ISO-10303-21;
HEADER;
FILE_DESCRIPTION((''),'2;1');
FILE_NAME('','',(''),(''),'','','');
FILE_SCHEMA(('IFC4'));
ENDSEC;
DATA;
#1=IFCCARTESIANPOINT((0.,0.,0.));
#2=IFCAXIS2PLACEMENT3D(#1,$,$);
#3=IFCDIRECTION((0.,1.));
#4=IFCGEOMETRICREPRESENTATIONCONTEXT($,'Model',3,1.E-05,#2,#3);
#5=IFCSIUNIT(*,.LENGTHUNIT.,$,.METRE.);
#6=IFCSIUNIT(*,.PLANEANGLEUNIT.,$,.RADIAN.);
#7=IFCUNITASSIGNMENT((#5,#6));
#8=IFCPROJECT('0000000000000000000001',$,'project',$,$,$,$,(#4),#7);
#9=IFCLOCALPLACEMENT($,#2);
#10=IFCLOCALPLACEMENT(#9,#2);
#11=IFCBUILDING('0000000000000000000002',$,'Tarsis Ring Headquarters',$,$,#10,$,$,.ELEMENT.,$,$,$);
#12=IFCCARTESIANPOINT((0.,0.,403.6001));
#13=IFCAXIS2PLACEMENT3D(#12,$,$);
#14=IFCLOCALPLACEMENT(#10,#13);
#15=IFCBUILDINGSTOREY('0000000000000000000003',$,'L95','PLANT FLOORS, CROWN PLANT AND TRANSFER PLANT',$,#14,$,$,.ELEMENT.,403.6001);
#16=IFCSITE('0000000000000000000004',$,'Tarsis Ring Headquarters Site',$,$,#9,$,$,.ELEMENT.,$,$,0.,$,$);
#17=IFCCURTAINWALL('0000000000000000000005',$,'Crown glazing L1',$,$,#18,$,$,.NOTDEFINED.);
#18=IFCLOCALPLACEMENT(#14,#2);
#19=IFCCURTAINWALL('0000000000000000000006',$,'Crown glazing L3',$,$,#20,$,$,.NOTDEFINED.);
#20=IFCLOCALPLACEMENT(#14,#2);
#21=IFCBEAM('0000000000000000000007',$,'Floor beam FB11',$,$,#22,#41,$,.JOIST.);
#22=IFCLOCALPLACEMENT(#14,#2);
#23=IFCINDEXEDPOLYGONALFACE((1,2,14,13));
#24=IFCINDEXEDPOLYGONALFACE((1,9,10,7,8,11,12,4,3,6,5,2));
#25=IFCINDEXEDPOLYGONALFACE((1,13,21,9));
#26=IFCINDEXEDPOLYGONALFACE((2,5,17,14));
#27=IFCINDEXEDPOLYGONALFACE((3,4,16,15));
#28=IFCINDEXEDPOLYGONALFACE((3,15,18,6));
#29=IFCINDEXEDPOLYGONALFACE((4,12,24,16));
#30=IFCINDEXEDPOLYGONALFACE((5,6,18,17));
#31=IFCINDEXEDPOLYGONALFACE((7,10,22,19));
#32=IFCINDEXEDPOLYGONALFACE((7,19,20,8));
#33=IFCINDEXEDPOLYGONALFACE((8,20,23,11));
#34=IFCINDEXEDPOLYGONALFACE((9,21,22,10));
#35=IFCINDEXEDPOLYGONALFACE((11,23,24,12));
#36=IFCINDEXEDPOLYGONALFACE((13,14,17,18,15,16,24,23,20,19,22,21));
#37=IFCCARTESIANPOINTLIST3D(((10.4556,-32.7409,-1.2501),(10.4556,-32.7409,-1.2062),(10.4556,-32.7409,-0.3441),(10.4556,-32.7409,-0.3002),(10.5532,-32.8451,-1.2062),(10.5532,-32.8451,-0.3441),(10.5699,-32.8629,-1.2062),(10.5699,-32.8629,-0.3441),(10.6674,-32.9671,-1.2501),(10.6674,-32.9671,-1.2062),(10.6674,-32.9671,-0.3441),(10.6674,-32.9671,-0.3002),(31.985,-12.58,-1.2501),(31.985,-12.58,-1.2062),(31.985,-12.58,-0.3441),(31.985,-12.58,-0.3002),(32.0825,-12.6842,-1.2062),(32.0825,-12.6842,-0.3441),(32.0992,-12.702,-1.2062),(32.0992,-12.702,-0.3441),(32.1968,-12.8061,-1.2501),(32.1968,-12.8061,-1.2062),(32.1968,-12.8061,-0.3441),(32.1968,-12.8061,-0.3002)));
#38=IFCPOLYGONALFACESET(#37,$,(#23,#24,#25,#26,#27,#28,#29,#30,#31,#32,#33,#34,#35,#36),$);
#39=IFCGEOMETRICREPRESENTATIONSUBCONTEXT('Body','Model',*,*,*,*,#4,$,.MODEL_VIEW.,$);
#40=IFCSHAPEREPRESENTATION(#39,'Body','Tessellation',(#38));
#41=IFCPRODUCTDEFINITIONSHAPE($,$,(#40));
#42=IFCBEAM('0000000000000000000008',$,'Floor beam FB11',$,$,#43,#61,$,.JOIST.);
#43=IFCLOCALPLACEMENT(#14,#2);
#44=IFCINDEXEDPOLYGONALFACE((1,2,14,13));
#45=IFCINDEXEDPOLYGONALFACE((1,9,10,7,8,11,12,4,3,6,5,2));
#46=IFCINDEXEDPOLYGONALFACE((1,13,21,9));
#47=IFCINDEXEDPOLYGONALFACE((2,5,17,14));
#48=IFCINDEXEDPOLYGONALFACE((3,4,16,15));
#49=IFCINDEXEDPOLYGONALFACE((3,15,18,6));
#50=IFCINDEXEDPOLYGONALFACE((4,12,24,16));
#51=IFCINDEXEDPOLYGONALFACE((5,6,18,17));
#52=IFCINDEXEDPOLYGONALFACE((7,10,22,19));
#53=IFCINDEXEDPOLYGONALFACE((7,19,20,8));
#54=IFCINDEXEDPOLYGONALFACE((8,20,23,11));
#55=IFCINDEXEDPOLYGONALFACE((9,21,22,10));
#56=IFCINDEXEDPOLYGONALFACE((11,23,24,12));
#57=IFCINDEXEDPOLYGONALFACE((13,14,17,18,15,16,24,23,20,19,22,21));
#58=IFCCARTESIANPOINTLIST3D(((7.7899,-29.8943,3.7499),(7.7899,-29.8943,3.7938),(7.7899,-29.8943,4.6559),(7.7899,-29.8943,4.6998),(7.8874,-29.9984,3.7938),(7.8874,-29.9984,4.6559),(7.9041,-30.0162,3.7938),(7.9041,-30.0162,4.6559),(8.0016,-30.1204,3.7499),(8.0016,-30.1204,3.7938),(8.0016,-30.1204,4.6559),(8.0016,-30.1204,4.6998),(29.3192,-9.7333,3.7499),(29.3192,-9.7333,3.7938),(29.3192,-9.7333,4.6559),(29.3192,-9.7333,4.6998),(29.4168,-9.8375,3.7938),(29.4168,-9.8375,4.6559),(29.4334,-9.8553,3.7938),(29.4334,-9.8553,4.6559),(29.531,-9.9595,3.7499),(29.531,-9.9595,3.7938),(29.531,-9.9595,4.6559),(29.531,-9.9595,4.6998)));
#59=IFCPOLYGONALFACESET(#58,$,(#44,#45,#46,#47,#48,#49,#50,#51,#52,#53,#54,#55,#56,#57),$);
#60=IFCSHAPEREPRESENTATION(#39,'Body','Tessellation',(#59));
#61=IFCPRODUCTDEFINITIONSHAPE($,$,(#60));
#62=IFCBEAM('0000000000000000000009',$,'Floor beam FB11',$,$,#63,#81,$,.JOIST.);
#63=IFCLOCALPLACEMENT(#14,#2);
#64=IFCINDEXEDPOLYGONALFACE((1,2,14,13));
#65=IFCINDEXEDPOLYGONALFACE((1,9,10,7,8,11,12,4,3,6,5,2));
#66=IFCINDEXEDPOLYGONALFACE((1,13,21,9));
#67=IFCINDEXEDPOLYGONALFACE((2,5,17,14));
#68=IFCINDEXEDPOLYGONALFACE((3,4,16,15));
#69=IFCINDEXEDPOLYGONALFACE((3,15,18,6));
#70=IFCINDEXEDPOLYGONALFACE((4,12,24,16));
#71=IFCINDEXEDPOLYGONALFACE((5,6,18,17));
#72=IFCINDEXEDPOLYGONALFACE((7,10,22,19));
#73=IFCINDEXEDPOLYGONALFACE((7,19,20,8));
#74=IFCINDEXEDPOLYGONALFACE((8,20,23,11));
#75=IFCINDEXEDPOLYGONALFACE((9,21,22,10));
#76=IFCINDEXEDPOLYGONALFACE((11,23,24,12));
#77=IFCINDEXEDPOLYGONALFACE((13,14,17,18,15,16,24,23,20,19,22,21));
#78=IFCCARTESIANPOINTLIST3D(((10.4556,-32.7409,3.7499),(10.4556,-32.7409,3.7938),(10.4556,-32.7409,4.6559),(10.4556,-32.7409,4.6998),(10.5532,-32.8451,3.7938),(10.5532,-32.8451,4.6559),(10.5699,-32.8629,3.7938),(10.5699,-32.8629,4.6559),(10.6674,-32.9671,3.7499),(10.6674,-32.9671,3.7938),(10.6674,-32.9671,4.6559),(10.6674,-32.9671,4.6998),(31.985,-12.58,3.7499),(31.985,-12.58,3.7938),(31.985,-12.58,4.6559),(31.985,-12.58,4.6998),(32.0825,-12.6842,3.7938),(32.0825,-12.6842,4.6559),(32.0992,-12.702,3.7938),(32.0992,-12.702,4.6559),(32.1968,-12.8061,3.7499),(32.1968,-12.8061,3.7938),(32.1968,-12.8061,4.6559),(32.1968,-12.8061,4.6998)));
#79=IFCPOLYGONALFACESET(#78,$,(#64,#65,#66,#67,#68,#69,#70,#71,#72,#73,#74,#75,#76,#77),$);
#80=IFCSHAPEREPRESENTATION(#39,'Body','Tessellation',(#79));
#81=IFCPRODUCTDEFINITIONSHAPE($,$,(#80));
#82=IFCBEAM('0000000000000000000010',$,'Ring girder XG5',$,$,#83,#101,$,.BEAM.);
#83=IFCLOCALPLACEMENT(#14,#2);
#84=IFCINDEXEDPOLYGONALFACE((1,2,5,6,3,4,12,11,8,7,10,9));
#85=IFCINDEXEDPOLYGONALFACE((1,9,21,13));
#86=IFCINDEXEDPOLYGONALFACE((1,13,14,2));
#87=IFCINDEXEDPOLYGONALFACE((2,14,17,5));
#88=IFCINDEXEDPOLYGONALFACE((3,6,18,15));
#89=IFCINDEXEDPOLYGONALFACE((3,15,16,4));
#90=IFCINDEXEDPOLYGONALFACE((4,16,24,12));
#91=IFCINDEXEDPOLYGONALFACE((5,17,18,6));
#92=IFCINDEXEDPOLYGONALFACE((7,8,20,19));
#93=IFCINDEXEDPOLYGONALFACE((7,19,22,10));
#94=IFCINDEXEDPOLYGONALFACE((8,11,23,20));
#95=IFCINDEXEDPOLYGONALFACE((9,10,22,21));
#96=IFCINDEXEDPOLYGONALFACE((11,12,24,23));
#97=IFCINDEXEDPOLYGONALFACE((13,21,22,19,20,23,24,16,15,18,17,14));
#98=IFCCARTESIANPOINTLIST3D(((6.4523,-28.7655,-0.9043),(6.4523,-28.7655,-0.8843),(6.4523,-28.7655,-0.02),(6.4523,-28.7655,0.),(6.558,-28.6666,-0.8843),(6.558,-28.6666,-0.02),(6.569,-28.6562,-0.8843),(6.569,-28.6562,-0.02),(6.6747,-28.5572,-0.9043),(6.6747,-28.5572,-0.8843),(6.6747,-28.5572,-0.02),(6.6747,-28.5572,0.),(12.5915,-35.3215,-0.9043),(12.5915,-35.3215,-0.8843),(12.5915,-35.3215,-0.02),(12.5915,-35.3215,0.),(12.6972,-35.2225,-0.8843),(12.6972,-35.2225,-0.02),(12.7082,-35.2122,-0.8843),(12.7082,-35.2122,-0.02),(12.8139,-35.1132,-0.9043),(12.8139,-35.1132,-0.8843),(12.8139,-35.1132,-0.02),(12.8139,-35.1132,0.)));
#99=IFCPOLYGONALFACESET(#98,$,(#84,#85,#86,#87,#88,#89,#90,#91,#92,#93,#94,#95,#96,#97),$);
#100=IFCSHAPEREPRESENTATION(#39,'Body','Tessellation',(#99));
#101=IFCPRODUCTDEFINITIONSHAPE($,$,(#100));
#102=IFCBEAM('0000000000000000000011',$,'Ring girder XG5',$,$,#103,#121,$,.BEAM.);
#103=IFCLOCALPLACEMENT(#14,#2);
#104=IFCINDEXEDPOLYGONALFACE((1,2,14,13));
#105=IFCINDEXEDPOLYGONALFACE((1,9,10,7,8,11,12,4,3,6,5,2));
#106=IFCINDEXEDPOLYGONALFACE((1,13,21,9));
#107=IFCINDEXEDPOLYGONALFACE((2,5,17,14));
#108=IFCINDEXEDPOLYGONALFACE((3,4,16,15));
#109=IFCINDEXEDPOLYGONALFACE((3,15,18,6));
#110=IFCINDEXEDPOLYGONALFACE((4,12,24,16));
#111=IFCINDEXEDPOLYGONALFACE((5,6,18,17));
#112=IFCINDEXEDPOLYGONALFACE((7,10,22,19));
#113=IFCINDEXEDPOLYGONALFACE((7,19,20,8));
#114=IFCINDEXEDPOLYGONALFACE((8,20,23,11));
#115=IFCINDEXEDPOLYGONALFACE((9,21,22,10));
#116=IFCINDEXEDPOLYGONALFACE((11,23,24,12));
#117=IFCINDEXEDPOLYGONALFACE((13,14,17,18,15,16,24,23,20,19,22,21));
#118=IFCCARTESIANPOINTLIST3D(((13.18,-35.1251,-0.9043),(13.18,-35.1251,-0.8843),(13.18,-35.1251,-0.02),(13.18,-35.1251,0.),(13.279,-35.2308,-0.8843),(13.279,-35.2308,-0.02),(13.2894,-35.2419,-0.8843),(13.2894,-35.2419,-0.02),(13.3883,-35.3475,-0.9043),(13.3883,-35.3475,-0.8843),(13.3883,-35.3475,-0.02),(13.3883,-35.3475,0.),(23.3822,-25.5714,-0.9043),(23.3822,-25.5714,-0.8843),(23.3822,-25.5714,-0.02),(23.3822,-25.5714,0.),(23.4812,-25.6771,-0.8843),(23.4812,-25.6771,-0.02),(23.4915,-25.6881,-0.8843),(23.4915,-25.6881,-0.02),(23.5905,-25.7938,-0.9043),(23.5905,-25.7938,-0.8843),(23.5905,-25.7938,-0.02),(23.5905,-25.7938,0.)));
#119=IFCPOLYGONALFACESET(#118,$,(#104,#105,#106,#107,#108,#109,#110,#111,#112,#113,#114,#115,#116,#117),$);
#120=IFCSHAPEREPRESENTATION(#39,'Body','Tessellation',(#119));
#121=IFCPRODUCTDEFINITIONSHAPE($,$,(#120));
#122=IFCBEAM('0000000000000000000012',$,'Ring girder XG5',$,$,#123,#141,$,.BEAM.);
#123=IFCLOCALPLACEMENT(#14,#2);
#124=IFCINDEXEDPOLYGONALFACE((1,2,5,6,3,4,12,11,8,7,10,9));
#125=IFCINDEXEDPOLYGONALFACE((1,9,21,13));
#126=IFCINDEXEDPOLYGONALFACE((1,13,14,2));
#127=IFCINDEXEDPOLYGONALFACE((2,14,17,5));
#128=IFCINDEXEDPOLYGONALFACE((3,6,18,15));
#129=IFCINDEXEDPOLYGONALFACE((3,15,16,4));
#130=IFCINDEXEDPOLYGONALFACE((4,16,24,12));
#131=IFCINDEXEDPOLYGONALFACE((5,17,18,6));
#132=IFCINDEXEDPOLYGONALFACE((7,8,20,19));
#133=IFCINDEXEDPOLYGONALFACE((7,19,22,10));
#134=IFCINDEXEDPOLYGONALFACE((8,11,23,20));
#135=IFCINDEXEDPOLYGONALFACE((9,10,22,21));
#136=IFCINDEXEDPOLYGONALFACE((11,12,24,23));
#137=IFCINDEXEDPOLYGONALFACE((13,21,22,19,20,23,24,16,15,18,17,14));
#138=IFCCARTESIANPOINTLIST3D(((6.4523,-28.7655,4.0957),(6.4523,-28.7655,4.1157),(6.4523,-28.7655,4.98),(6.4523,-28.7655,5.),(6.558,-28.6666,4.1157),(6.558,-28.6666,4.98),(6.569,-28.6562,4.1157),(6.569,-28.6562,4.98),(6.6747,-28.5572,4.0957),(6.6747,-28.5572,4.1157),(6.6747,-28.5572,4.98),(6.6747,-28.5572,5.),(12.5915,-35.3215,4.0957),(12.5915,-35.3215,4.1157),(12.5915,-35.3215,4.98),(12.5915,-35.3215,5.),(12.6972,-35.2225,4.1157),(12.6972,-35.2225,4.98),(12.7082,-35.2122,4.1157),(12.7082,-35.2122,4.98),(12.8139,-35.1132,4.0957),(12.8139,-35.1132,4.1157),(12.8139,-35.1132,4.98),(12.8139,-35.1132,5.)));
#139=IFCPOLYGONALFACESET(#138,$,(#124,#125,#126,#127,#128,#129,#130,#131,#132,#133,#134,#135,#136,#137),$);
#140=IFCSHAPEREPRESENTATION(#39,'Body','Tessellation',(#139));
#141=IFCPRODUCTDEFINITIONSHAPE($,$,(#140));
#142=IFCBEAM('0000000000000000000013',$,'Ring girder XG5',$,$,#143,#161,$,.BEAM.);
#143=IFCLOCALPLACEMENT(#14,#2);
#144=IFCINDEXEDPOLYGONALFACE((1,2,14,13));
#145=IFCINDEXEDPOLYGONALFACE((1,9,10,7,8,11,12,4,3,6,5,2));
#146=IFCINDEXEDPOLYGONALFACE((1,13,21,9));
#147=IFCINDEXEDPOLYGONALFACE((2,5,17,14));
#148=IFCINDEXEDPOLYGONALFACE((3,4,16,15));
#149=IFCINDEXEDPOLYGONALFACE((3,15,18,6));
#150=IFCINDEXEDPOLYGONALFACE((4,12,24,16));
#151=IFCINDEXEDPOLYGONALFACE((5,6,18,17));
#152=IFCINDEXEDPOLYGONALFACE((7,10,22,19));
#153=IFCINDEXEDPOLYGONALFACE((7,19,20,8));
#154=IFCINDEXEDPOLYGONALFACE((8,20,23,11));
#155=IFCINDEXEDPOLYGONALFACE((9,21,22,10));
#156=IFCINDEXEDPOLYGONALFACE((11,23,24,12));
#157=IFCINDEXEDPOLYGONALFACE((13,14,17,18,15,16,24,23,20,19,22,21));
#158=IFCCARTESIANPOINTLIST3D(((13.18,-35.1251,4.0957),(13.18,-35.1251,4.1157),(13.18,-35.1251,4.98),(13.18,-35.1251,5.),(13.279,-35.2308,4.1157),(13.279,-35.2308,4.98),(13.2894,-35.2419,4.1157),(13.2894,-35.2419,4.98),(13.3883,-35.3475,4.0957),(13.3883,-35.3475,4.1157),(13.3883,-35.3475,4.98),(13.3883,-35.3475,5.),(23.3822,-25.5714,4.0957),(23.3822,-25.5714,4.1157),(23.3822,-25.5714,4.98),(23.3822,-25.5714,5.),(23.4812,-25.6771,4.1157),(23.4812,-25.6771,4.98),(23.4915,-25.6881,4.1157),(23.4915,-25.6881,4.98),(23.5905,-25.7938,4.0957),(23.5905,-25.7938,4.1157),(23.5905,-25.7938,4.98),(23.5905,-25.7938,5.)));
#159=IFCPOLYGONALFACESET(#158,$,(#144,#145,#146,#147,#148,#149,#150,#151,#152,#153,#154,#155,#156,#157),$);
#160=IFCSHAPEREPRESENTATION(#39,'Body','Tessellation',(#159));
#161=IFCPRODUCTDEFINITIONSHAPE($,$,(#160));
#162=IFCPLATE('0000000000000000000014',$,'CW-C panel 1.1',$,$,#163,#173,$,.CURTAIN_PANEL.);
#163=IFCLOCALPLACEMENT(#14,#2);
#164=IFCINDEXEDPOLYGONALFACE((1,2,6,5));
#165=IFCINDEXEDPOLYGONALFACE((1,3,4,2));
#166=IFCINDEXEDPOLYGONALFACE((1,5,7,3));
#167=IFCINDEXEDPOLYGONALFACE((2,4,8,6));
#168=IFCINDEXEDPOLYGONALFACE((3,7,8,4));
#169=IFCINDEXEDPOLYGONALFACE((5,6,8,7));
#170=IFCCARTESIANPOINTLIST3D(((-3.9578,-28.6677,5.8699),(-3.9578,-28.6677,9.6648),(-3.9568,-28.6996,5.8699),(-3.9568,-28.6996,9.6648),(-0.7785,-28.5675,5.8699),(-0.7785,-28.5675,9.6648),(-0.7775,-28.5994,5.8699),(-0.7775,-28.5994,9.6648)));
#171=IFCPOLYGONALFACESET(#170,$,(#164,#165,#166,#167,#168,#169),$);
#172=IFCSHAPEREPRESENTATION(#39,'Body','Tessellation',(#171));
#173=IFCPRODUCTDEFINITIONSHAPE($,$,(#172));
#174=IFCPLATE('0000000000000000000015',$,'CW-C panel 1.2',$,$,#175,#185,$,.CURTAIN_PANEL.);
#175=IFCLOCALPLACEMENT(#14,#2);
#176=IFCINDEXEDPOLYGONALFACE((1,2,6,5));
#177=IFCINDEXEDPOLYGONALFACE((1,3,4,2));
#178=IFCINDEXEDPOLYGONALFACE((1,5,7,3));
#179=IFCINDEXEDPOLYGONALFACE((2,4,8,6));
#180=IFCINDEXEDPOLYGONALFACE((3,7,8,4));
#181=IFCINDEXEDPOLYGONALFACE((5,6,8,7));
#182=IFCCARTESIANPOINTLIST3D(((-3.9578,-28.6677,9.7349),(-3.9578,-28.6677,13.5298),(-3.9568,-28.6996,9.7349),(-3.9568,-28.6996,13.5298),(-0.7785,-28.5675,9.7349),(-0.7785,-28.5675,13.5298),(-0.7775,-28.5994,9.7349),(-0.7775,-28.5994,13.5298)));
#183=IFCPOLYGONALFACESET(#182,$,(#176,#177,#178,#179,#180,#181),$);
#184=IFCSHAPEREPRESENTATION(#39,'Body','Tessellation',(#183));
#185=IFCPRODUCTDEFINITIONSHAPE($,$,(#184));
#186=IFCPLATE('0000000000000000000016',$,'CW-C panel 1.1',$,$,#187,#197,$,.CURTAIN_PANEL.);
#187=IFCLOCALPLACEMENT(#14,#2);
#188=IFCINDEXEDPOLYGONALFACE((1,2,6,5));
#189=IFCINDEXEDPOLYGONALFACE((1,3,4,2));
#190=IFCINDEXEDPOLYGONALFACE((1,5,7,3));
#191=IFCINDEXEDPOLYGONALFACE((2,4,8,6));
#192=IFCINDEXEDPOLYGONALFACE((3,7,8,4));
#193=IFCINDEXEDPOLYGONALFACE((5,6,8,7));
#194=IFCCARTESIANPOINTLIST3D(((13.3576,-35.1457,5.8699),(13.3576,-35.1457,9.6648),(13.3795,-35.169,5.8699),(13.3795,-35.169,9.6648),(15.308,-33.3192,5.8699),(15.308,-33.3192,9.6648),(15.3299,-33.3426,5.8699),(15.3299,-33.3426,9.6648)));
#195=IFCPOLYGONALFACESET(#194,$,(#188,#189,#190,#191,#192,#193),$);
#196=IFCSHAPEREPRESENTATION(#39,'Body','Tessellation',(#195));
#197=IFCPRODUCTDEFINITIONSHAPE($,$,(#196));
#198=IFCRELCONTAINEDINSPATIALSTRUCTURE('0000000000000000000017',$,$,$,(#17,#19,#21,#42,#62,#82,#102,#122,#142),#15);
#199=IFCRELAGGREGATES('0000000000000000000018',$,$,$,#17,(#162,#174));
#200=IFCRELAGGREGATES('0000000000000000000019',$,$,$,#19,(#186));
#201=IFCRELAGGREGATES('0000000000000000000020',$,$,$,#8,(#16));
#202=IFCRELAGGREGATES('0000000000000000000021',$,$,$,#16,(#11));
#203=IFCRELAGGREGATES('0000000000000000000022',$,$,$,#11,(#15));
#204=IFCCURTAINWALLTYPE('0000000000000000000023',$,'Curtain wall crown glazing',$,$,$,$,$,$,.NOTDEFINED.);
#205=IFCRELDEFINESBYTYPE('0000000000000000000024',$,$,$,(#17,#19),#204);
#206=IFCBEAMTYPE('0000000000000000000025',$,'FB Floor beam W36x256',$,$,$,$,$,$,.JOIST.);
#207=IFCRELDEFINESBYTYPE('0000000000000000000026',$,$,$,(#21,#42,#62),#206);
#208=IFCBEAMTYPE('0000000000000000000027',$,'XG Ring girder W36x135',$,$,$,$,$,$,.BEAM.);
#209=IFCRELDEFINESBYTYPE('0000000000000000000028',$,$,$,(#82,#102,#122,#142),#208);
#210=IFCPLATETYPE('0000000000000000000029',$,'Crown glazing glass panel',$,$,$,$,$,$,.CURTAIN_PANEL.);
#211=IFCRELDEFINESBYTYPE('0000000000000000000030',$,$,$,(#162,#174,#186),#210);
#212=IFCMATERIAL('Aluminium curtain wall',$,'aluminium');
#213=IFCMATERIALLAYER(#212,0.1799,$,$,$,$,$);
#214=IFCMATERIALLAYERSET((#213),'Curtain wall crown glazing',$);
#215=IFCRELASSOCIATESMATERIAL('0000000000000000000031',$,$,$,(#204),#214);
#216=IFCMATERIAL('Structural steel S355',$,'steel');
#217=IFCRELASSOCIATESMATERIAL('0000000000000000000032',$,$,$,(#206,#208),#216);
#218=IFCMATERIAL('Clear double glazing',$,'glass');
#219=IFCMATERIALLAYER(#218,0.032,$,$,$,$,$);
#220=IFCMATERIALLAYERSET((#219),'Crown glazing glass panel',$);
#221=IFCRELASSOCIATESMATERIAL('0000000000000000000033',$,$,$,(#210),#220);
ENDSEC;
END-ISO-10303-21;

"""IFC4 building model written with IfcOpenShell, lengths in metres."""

from ifc_helpers import new_model, si_unit, direction, frame, origin, origin_2d, place, context, subcontext, project, spatial, rectangle, i_section, extrude, material, layer, layer_set, material_profile, profile_set, type_object, element, aggregate, save


model = new_model("IFC4")

# Units and contexts
model_context = context("Model", 3, precision=1e-05, world=origin(), true_north=direction((0.0, 1.0)))
body_context = subcontext(model_context, "Body", "Model", "MODEL_VIEW")
ifc_project = project(units=[si_unit("LENGTHUNIT", "METRE"), si_unit("PLANEANGLEUNIT", "RADIAN")], contexts=[model_context])

# Site, building, storey
site_placement = place(None, origin())
site = spatial("IfcSite", under=ifc_project, at=site_placement, Name="Tarsis Ring Headquarters Site", CompositionType="ELEMENT", RefElevation=0.0)
building_placement = place(site_placement, origin())
building = spatial("IfcBuilding", under=site, at=building_placement, Name="Tarsis Ring Headquarters", CompositionType="ELEMENT")
storey_placement = place(building_placement, frame((0.0, 0.0, 403.6001)))
storey = spatial("IfcBuildingStorey", under=building, at=storey_placement, Name="L95", Description="PLANT FLOORS, CROWN PLANT AND TRANSFER PLANT", CompositionType="ELEMENT", Elevation=403.6001)

# Shared definitions
ifc_material_1 = material(Name="Structural steel S355", Category="steel")

# Curtain wall
ifc_material_2 = material(Name="Aluminium curtain wall", Category="aluminium")
ifc_layer_1 = layer(ifc_material_2, 0.1799)
ifc_layer_set_1 = layer_set([ifc_layer_1], Name="Curtain wall crown glazing")
curtain_wall_type = type_object("IfcCurtainWallType", Name="Curtain wall crown glazing", PredefinedType="NOTDEFINED", material=ifc_layer_set_1)
curtain_wall_1_placement = place(storey_placement, origin())
curtain_wall_1 = element("IfcCurtainWall", 1, at=curtain_wall_1_placement, inside=storey, type_object=curtain_wall_type, Name="Crown glazing L1", PredefinedType="NOTDEFINED")

# Curtain wall
curtain_wall_2_placement = place(storey_placement, origin())
curtain_wall_2 = element("IfcCurtainWall", 2, at=curtain_wall_2_placement, inside=storey, type_object=curtain_wall_type, Name="Crown glazing L3", PredefinedType="NOTDEFINED")

# Beams
ifc_material_profile_1 = material_profile(ifc_material_1, i_section(OverallWidth=0.3098, OverallDepth=0.95, WebThickness=0.0244, FlangeThickness=0.0439, at=origin_2d()), Name="W36x256")
ifc_profile_set_1 = profile_set([ifc_material_profile_1], Name="Structural steel S355")
beam_type_1 = type_object("IfcBeamType", Name="FB Floor beam W36x256", PredefinedType="JOIST", material=ifc_profile_set_1)
for number, where, z_axis, x_axis, name in (
    (3, (10.5615, -32.854, -0.7751), (0.729923, 0.683529, 0.0), (-0.683529, 0.729923, 0.0), "Floor beam FB11"),
    (4, (7.8958, -30.0073, 4.2249), (0.729923, 0.683529, 0.0), (-0.683529, 0.729923, 0.0), "Floor beam FB11"),
    (5, (10.5615, -32.854, 4.2249), (0.729923, 0.683529, 0.0), (-0.683529, 0.729923, 0.0), "Floor beam FB11"),
):
    element("IfcBeam", number, at=place(storey_placement, frame(where, z_axis=z_axis, x_axis=x_axis)), inside=storey, type_object=beam_type_1, Name=name, PredefinedType="JOIST", context=body_context, shape_type="SweptSolid", body=[
        extrude(i_section(OverallWidth=0.3098, OverallDepth=0.95, WebThickness=0.0244, FlangeThickness=0.0439, at=origin_2d()), origin(), (0.0, 0.0, 1.0), 29.4954),
    ])
ifc_material_profile_2 = material_profile(ifc_material_1, i_section(OverallWidth=0.3047, OverallDepth=0.9043, WebThickness=0.0151, FlangeThickness=0.02, at=origin_2d()), Name="W36x135")
ifc_profile_set_2 = profile_set([ifc_material_profile_2], Name="Structural steel S355")
beam_type_2 = type_object("IfcBeamType", Name="XG Ring girder W36x135", PredefinedType="BEAM", material=ifc_profile_set_2)
beam_1_placement = place(storey_placement, frame((6.5635, -28.6614, -0.4521), z_axis=(0.683526, -0.729926, 0.0), x_axis=(0.729926, 0.683526, 0.0)))
element("IfcBeam", 6, at=beam_1_placement, inside=storey, type_object=beam_type_2, Name="Ring girder XG5", PredefinedType="BEAM", context=body_context, shape_type="SweptSolid", body=[
    extrude(i_section(OverallWidth=0.3047, OverallDepth=0.9043, WebThickness=0.0151, FlangeThickness=0.02, at=origin_2d()), origin(), (0.0, 0.0, 1.0), 8.9817),
])
beam_2_placement = place(storey_placement, frame((13.2842, -35.2363, -0.4521), z_axis=(0.729923, 0.68353, 0.0), x_axis=(-0.68353, 0.729923, 0.0)))
element("IfcBeam", 7, at=beam_2_placement, inside=storey, type_object=beam_type_2, Name="Ring girder XG5", PredefinedType="BEAM", context=body_context, shape_type="SweptSolid", body=[
    extrude(i_section(OverallWidth=0.3047, OverallDepth=0.9043, WebThickness=0.0151, FlangeThickness=0.02, at=origin_2d()), origin(), (0.0, 0.0, 1.0), 13.9771),
])
beam_3_placement = place(storey_placement, frame((6.5635, -28.6614, 4.5479), z_axis=(0.683526, -0.729926, 0.0), x_axis=(0.729926, 0.683526, 0.0)))
element("IfcBeam", 8, at=beam_3_placement, inside=storey, type_object=beam_type_2, Name="Ring girder XG5", PredefinedType="BEAM", context=body_context, shape_type="SweptSolid", body=[
    extrude(i_section(OverallWidth=0.3047, OverallDepth=0.9043, WebThickness=0.0151, FlangeThickness=0.02, at=origin_2d()), origin(), (0.0, 0.0, 1.0), 8.9817),
])
beam_4_placement = place(storey_placement, frame((13.2842, -35.2363, 4.5479), z_axis=(0.729923, 0.68353, 0.0), x_axis=(-0.68353, 0.729923, 0.0)))
element("IfcBeam", 9, at=beam_4_placement, inside=storey, type_object=beam_type_2, Name="Ring girder XG5", PredefinedType="BEAM", context=body_context, shape_type="SweptSolid", body=[
    extrude(i_section(OverallWidth=0.3047, OverallDepth=0.9043, WebThickness=0.0151, FlangeThickness=0.02, at=origin_2d()), origin(), (0.0, 0.0, 1.0), 13.9771),
])

# Plates
ifc_material_3 = material(Name="Clear double glazing", Category="glass")
ifc_layer_2 = layer(ifc_material_3, 0.032)
ifc_layer_set_2 = layer_set([ifc_layer_2], Name="Crown glazing glass panel")
plate_type = type_object("IfcPlateType", Name="Crown glazing glass panel", PredefinedType="CURTAIN_PANEL", material=ifc_layer_set_2)
plate_1_placement = place(storey_placement, frame((-2.3677, -28.6335, 5.8699), z_axis=(0.0, 0.0, 1.0), x_axis=(0.999504, 0.031498, 0.0)))
plate_1 = element("IfcPlate", 10, at=plate_1_placement, type_object=plate_type, Name="CW-C panel 1.1", PredefinedType="CURTAIN_PANEL", context=body_context, shape_type="SweptSolid", body=[
    extrude(rectangle(XDim=3.1809, YDim=0.032, at=origin_2d()), origin(), (0.0, 0.0, 1.0), 3.7949),
])
plate_2_placement = place(storey_placement, frame((-2.3677, -28.6335, 9.7349), z_axis=(0.0, 0.0, 1.0), x_axis=(0.999504, 0.031498, 0.0)))
plate_2 = element("IfcPlate", 11, at=plate_2_placement, type_object=plate_type, Name="CW-C panel 1.2", PredefinedType="CURTAIN_PANEL", context=body_context, shape_type="SweptSolid", body=[
    extrude(rectangle(XDim=3.1809, YDim=0.032, at=origin_2d()), origin(), (0.0, 0.0, 1.0), 3.7949),
])
aggregate(curtain_wall_1, [plate_1, plate_2])
plate_3_placement = place(storey_placement, frame((14.3438, -34.2441, 5.8699), z_axis=(0.0, 0.0, 1.0), x_axis=(0.729924, 0.683529, 0.0)))
plate_3 = element("IfcPlate", 12, at=plate_3_placement, type_object=plate_type, Name="CW-C panel 1.1", PredefinedType="CURTAIN_PANEL", context=body_context, shape_type="SweptSolid", body=[
    extrude(rectangle(XDim=2.6721, YDim=0.032, at=origin_2d()), origin(), (0.0, 0.0, 1.0), 3.7949),
])
aggregate(curtain_wall_2, [plate_3])

save(model, "model.ifc")
